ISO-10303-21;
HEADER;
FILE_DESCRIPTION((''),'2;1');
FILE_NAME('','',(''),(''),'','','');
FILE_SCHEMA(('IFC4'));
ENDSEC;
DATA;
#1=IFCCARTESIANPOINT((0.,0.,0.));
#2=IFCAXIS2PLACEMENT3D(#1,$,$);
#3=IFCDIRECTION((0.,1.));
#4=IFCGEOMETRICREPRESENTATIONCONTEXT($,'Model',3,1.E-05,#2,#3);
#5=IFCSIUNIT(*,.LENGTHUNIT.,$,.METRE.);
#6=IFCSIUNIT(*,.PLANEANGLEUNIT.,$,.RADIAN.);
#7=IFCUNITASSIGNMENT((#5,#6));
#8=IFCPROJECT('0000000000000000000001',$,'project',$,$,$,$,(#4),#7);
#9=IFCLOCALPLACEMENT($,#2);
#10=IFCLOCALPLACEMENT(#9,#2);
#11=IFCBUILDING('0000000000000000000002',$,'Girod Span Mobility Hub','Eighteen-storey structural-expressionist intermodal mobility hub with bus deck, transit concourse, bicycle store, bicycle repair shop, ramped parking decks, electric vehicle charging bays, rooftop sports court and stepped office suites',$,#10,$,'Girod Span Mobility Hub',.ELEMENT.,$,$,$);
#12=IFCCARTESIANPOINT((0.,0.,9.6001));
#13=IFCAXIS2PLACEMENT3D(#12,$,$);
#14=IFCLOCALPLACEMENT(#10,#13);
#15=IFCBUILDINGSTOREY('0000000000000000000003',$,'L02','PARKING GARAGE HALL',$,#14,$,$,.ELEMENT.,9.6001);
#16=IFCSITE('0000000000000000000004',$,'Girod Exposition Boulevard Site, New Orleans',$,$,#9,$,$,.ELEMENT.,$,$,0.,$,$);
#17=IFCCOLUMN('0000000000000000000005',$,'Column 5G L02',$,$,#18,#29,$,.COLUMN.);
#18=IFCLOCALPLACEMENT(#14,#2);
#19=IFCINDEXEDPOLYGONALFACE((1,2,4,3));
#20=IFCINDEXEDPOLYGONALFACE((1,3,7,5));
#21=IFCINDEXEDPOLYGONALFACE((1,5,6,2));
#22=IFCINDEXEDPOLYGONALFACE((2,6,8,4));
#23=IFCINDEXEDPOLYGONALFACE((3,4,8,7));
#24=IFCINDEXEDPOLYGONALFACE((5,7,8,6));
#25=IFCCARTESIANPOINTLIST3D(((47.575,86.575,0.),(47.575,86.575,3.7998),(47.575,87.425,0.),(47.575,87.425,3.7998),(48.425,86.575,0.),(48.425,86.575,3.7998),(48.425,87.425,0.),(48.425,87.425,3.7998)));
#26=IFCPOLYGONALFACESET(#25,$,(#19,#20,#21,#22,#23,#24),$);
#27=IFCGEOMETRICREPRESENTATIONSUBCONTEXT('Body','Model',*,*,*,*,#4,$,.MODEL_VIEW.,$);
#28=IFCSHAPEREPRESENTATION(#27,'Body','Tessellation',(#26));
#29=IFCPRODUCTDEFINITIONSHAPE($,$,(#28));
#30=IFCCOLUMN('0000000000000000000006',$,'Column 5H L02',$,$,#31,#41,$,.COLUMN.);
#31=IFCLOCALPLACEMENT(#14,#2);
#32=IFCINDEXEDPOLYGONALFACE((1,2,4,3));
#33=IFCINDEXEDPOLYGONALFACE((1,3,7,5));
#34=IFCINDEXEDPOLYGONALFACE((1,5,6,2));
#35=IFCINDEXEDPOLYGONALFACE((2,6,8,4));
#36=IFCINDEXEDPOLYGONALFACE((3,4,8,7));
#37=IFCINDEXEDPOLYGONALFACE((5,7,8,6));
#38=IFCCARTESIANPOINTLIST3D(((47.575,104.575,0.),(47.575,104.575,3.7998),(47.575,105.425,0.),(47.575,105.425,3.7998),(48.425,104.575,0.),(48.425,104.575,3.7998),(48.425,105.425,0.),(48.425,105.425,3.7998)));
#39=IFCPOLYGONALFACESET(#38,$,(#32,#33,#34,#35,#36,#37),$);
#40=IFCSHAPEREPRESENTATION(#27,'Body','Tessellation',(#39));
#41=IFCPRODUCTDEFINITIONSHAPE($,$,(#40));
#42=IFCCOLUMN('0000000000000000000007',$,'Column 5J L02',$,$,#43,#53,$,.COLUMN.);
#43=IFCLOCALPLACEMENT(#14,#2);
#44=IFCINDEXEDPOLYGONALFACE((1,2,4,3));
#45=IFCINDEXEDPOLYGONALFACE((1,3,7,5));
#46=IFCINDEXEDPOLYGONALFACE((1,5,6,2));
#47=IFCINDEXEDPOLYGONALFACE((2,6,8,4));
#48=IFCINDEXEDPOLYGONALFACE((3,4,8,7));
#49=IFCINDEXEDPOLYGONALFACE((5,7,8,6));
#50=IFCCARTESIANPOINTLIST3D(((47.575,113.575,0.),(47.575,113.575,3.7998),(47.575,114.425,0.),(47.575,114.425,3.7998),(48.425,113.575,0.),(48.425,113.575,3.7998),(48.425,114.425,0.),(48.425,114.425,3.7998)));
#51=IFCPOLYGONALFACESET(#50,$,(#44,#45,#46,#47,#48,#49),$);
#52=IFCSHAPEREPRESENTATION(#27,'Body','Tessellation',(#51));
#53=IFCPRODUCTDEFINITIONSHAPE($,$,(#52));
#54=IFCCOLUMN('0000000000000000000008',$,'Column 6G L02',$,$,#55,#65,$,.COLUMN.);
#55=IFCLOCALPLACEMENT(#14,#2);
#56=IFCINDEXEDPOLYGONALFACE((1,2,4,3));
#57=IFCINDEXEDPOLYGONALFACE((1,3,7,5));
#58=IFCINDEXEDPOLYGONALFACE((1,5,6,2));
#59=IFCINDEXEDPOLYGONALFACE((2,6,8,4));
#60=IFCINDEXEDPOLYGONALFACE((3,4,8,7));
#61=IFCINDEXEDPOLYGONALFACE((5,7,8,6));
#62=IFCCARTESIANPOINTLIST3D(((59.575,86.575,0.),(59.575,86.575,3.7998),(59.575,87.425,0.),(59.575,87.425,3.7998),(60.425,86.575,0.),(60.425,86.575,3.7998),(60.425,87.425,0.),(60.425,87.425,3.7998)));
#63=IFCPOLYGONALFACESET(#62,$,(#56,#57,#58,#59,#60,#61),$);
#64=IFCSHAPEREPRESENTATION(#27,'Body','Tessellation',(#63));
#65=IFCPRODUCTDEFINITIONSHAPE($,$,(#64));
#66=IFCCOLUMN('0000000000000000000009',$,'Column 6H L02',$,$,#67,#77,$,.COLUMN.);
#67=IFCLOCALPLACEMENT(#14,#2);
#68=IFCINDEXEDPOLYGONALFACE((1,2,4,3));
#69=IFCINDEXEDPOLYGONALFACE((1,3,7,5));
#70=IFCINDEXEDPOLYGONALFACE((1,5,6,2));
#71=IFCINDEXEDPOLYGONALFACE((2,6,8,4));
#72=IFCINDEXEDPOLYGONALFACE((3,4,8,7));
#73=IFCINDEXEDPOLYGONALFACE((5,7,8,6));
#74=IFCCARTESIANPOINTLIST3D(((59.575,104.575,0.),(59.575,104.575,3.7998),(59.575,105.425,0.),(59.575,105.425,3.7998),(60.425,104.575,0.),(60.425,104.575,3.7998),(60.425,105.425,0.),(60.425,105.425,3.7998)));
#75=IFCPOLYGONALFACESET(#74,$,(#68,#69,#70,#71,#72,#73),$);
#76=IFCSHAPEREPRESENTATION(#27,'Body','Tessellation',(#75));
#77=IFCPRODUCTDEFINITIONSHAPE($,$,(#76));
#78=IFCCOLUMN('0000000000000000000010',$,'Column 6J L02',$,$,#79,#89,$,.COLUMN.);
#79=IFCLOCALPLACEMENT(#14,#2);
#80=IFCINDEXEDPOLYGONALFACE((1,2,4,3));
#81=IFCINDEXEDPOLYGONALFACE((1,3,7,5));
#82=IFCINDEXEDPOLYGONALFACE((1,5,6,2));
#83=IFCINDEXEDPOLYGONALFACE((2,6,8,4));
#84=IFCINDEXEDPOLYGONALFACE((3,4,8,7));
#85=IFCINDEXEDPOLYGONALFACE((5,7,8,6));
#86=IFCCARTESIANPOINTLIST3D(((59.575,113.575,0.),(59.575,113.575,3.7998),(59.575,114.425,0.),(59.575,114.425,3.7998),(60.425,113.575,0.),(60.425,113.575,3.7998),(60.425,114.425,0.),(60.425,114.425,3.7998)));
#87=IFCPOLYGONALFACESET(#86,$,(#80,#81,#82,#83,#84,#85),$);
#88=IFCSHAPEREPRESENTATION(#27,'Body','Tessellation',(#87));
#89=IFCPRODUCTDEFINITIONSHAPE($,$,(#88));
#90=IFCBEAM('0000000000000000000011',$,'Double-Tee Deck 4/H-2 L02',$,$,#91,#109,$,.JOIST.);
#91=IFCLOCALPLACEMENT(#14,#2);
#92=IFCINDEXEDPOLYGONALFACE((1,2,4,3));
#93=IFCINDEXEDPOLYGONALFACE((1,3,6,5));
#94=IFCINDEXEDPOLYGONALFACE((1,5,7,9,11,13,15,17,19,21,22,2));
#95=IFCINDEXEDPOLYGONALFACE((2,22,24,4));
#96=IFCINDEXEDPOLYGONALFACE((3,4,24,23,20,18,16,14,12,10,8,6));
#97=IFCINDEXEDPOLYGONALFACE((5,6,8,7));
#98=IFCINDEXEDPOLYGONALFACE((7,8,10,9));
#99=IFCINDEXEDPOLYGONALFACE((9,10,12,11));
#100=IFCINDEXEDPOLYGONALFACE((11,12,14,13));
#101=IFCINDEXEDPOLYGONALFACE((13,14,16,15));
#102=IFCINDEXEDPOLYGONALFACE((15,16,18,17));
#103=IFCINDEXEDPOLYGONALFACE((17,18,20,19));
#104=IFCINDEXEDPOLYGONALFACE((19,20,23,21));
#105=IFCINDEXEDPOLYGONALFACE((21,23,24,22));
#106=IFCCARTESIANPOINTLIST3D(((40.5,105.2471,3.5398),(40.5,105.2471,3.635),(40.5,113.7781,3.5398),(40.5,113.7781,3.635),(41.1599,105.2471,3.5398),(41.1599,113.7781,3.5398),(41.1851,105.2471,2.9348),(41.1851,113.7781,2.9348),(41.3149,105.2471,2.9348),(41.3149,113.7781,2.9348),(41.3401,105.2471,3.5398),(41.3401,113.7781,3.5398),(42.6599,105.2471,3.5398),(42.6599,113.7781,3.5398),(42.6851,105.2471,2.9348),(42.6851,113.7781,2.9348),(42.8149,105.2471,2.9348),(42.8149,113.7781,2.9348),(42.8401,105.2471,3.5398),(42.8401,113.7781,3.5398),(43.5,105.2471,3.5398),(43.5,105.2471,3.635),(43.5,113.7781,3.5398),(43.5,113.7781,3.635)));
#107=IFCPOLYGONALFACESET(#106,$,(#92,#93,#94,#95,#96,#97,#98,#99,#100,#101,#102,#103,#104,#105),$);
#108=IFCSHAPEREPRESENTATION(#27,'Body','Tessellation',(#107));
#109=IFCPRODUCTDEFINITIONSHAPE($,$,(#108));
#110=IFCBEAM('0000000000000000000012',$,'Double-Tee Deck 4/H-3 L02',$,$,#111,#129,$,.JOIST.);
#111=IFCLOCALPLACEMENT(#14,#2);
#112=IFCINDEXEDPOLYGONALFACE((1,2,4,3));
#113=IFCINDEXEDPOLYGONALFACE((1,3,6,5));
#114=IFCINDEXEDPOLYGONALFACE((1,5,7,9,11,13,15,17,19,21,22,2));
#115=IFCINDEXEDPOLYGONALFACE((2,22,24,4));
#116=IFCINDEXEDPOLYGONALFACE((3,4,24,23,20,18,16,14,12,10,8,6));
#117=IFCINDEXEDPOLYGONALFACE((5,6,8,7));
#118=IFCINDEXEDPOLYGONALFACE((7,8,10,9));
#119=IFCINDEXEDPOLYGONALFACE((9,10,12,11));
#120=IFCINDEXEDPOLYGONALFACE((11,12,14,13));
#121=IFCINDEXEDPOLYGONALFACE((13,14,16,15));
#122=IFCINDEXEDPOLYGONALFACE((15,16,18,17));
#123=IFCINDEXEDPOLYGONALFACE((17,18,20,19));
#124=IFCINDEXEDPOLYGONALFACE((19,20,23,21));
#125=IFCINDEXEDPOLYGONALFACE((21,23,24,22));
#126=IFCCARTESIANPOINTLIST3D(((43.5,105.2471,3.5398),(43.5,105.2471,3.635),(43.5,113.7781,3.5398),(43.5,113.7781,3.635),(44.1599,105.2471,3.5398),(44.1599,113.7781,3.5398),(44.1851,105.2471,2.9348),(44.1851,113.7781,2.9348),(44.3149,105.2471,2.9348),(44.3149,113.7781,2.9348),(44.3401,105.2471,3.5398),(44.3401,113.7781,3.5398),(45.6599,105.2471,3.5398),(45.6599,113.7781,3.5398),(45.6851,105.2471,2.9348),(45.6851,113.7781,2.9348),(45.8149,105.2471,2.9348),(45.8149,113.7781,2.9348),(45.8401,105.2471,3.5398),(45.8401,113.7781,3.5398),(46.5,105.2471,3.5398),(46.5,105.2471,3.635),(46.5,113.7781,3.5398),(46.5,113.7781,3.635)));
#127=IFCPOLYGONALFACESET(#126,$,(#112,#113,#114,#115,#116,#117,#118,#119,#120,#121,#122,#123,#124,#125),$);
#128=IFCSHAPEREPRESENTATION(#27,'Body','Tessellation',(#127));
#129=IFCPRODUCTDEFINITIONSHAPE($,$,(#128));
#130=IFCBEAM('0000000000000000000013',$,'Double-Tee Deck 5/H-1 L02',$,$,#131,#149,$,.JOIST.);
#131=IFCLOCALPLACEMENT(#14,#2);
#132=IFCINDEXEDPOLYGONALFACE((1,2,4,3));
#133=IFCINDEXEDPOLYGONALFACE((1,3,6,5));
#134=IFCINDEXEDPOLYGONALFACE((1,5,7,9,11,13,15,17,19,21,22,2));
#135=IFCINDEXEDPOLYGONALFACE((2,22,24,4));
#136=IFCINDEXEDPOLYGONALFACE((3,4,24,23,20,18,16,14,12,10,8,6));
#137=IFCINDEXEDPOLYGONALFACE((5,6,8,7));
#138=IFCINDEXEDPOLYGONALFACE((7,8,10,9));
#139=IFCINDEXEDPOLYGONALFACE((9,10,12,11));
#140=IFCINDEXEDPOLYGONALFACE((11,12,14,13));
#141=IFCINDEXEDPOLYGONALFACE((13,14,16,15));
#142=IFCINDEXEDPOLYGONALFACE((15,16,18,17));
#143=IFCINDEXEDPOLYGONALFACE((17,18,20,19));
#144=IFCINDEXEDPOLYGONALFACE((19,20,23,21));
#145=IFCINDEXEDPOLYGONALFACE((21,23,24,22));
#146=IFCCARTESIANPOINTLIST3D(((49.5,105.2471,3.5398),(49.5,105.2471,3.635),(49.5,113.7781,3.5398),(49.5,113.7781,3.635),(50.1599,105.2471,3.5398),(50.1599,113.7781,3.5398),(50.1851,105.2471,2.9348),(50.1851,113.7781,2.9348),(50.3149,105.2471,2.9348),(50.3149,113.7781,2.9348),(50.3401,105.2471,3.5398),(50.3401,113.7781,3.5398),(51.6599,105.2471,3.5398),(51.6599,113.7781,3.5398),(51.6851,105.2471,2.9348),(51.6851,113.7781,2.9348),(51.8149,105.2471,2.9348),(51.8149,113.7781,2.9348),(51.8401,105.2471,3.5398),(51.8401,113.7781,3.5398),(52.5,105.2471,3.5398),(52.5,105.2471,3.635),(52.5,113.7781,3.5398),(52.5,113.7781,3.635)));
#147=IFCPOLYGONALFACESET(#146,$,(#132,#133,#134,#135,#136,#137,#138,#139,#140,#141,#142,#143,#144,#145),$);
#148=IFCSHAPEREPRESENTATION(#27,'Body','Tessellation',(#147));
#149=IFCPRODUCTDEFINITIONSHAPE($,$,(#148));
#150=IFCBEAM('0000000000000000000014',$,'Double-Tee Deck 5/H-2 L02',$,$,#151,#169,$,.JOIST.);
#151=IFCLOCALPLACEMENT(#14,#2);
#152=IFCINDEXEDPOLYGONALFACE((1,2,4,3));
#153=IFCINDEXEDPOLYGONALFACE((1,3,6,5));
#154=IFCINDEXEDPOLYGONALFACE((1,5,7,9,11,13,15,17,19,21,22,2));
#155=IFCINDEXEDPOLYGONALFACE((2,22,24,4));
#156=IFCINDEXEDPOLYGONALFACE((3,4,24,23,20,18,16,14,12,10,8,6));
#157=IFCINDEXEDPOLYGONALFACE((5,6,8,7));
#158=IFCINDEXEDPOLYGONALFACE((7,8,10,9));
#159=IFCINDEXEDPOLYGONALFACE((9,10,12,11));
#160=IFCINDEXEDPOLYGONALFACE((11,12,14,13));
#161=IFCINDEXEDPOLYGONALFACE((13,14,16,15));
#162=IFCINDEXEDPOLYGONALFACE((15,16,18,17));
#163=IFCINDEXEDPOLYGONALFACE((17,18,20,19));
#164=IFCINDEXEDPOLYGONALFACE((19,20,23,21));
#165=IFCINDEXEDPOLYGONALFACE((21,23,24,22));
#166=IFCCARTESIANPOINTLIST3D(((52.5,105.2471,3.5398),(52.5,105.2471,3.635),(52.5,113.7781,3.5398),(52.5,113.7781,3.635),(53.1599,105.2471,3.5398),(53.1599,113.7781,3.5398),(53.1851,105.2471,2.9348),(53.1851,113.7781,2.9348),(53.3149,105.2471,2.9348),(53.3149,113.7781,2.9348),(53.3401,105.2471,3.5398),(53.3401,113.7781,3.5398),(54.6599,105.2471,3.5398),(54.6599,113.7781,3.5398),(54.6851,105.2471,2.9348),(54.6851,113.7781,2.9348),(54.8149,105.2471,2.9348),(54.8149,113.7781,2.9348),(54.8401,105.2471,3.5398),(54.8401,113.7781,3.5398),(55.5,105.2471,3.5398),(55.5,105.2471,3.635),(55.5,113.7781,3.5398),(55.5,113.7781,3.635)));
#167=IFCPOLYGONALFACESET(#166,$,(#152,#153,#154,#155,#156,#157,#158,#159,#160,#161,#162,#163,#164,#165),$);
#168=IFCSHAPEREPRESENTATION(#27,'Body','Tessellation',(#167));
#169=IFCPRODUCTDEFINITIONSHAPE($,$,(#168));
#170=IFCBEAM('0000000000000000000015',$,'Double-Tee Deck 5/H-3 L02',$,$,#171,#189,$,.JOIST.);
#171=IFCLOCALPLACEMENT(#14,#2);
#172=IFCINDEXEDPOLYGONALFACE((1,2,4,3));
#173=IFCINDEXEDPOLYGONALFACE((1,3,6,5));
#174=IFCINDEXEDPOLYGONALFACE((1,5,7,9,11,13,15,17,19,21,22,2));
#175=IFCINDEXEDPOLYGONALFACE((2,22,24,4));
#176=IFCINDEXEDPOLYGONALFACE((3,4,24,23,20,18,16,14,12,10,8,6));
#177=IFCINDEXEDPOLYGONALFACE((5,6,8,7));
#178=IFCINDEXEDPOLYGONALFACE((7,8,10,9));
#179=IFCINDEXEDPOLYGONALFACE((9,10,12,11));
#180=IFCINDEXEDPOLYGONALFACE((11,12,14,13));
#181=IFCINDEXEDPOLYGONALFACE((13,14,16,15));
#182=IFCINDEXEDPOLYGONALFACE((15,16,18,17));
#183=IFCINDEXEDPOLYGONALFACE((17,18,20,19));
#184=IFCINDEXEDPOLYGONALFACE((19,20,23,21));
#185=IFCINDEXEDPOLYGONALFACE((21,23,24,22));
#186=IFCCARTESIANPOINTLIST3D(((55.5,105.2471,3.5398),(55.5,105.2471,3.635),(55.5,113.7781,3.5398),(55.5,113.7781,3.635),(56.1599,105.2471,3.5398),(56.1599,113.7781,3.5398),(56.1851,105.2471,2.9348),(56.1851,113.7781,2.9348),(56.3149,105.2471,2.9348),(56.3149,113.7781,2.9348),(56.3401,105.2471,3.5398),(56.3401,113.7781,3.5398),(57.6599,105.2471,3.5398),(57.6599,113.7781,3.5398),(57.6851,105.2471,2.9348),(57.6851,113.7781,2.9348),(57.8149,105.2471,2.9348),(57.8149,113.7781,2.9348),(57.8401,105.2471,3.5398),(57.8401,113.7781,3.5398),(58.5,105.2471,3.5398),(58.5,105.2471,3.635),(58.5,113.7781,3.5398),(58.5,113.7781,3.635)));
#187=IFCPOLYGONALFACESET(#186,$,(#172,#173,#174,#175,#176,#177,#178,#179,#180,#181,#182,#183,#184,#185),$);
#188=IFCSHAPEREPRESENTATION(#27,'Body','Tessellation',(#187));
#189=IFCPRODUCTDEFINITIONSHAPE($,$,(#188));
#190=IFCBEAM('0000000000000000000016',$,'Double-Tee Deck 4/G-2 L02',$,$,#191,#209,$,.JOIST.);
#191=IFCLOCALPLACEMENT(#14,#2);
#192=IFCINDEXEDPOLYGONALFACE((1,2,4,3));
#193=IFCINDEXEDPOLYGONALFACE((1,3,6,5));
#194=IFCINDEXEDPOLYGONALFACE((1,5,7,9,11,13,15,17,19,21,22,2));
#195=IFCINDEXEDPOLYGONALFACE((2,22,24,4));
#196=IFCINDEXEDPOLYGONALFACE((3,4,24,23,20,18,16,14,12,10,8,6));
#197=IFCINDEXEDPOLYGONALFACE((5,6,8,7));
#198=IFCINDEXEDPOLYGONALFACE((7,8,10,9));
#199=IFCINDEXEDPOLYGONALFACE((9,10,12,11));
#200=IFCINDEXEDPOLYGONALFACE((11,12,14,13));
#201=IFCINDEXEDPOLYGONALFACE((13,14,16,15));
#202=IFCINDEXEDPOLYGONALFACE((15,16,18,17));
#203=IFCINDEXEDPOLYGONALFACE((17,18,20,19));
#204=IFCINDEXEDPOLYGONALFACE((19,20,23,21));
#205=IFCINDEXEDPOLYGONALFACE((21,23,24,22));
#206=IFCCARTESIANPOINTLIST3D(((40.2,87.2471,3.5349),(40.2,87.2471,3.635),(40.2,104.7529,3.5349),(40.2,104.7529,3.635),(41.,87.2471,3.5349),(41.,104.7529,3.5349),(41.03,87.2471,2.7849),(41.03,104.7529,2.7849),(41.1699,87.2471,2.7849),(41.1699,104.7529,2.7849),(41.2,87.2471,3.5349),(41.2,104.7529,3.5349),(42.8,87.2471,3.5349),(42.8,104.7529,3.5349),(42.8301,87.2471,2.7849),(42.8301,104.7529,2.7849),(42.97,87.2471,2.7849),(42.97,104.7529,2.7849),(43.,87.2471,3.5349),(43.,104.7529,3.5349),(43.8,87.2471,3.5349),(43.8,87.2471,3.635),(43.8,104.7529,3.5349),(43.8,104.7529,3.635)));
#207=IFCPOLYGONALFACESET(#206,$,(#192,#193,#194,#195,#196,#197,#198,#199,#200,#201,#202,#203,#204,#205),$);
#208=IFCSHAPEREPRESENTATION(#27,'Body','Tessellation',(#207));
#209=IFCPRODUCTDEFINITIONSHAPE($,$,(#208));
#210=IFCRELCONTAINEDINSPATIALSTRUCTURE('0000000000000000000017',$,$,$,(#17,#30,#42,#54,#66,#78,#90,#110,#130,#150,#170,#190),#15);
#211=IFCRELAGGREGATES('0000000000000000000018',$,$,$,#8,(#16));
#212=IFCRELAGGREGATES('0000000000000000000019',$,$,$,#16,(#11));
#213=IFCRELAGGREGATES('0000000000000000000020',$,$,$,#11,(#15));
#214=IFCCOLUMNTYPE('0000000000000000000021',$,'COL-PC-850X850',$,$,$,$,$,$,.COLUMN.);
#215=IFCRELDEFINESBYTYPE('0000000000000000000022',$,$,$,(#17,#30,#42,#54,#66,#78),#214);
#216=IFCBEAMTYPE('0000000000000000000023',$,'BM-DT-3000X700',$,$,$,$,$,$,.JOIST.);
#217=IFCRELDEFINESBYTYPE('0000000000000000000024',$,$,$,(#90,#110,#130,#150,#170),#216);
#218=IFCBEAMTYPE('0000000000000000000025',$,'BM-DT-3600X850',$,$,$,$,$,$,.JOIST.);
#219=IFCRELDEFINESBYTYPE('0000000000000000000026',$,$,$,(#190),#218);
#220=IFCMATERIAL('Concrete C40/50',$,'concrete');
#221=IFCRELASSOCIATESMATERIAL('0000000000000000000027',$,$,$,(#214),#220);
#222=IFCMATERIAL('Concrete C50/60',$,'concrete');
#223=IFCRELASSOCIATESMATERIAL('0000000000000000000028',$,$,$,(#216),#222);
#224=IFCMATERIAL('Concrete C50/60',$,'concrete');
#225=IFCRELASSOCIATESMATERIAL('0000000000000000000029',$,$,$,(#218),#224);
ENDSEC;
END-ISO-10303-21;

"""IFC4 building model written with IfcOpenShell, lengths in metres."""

from ifc_helpers import new_model, si_unit, direction, frame, origin, origin_2d, place, context, subcontext, project, spatial, polyline, rectangle, outline, extrude, material, material_profile, profile_set, type_object, element, save


model = new_model("IFC4")

# Units and contexts
model_context = context("Model", 3, precision=1e-05, world=origin(), true_north=direction((0.0, 1.0)))
body_context = subcontext(model_context, "Body", "Model", "MODEL_VIEW")
ifc_project = project(units=[si_unit("LENGTHUNIT", "METRE"), si_unit("PLANEANGLEUNIT", "RADIAN")], contexts=[model_context])

# Site, building, storey
site_placement = place(None, origin())
site = spatial("IfcSite", under=ifc_project, at=site_placement, Name="Girod Exposition Boulevard Site, New Orleans", CompositionType="ELEMENT", RefElevation=0.0)
building_placement = place(site_placement, origin())
building = spatial("IfcBuilding", under=site, at=building_placement, Name="Girod Span Mobility Hub", Description="Eighteen-storey structural-expressionist intermodal mobility hub with bus deck, transit concourse, bicycle store, bicycle repair shop, ramped parking decks, electric vehicle charging bays, rooftop sports court and stepped office suites", LongName="Girod Span Mobility Hub", CompositionType="ELEMENT")
storey_placement = place(building_placement, frame((0.0, 0.0, 9.6001)))
storey = spatial("IfcBuildingStorey", under=building, at=storey_placement, Name="L02", Description="PARKING GARAGE HALL", CompositionType="ELEMENT", Elevation=9.6001)

# Columns
ifc_material_1 = material(Name="Concrete C40/50", Category="concrete")
ifc_material_profile_1 = material_profile(ifc_material_1, rectangle(XDim=0.8501, YDim=0.8501, at=origin_2d()), Name="PC-COL-850X850")
ifc_profile_set_1 = profile_set([ifc_material_profile_1], Name="Concrete C40/50")
column_type = type_object("IfcColumnType", Name="COL-PC-850X850", PredefinedType="COLUMN", material=ifc_profile_set_1)
for number, where, z_axis, x_axis, name in (
    (1, (48.0, 87.0, 0.0), (0.0, 0.0, 1.0), (1.0, 0.0, 0.0), "Column 5G L02"),
    (2, (48.0, 105.0, 0.0), (0.0, 0.0, 1.0), (1.0, 0.0, 0.0), "Column 5H L02"),
    (3, (48.0, 114.0, 0.0), (0.0, 0.0, 1.0), (1.0, 0.0, 0.0), "Column 5J L02"),
    (4, (60.0, 87.0, 0.0), (0.0, 0.0, 1.0), (1.0, 0.0, 0.0), "Column 6G L02"),
    (5, (60.0, 105.0, 0.0), (0.0, 0.0, 1.0), (1.0, 0.0, 0.0), "Column 6H L02"),
    (6, (60.0, 114.0, 0.0), (0.0, 0.0, 1.0), (1.0, 0.0, 0.0), "Column 6J L02"),
):
    element("IfcColumn", number, at=place(storey_placement, frame(where, z_axis=z_axis, x_axis=x_axis)), inside=storey, type_object=column_type, Name=name, PredefinedType="COLUMN", context=body_context, shape_type="SweptSolid", body=[
        extrude(rectangle(XDim=0.8501, YDim=0.8501, at=origin_2d()), origin(), (0.0, 0.0, 1.0), 3.7998),
    ])

# Beams
ifc_material_2 = material(Name="Concrete C50/60", Category="concrete")
ifc_material_profile_2 = material_profile(ifc_material_2, outline(polyline([(-1.5, 0.3501), (-1.5, 0.2549), (-0.8401, 0.2549), (-0.8149, -0.3501), (-0.6851, -0.3501), (-0.6599, 0.2549), (0.6599, 0.2549), (0.6851, -0.3501), (0.8149, -0.3501), (0.8401, 0.2549), (1.5, 0.2549), (1.5, 0.3501), (-1.5, 0.3501)])), Name="DT-3000X700")
ifc_profile_set_2 = profile_set([ifc_material_profile_2], Name="Concrete C50/60")
beam_type_1 = type_object("IfcBeamType", Name="BM-DT-3000X700", PredefinedType="JOIST", material=ifc_profile_set_2)
for number, where, z_axis, x_axis, name in (
    (7, (42.0, 105.2471, 3.2849), (0.0, 1.0, 0.0), (-1.0, 0.0, 0.0), "Double-Tee Deck 4/H-2 L02"),
    (8, (45.0, 105.2471, 3.2849), (0.0, 1.0, 0.0), (-1.0, 0.0, 0.0), "Double-Tee Deck 4/H-3 L02"),
    (9, (51.0, 105.2471, 3.2849), (0.0, 1.0, 0.0), (-1.0, 0.0, 0.0), "Double-Tee Deck 5/H-1 L02"),
    (10, (54.0, 105.2471, 3.2849), (0.0, 1.0, 0.0), (-1.0, 0.0, 0.0), "Double-Tee Deck 5/H-2 L02"),
    (11, (57.0, 105.2471, 3.2849), (0.0, 1.0, 0.0), (-1.0, 0.0, 0.0), "Double-Tee Deck 5/H-3 L02"),
):
    element("IfcBeam", number, at=place(storey_placement, frame(where, z_axis=z_axis, x_axis=x_axis)), inside=storey, type_object=beam_type_1, Name=name, PredefinedType="JOIST", context=body_context, shape_type="SweptSolid", body=[
        extrude(outline(polyline([(-1.5, 0.3501), (-1.5, 0.2549), (-0.8401, 0.2549), (-0.8149, -0.3501), (-0.6851, -0.3501), (-0.6599, 0.2549), (0.6599, 0.2549), (0.6851, -0.3501), (0.8149, -0.3501), (0.8401, 0.2549), (1.5, 0.2549), (1.5, 0.3501), (-1.5, 0.3501)])), origin(), (0.0, 0.0, 1.0), 8.531),
    ])
ifc_material_3 = material(Name="Concrete C50/60", Category="concrete")
ifc_material_profile_3 = material_profile(ifc_material_3, outline(polyline([(-1.8, 0.425), (-1.8, 0.325), (-1.0, 0.325), (-0.97, -0.425), (-0.8301, -0.425), (-0.8, 0.325), (0.8, 0.325), (0.8301, -0.425), (0.97, -0.425), (1.0, 0.325), (1.8, 0.325), (1.8, 0.425), (-1.8, 0.425)])), Name="DT-3600X850")
ifc_profile_set_3 = profile_set([ifc_material_profile_3], Name="Concrete C50/60")
beam_type_2 = type_object("IfcBeamType", Name="BM-DT-3600X850", PredefinedType="JOIST", material=ifc_profile_set_3)
for number, where, z_axis, x_axis, name in (
    (12, (42.0, 87.2471, 3.21), (0.0, 1.0, 0.0), (-1.0, 0.0, 0.0), "Double-Tee Deck 4/G-2 L02"),
):
    element("IfcBeam", number, at=place(storey_placement, frame(where, z_axis=z_axis, x_axis=x_axis)), inside=storey, type_object=beam_type_2, Name=name, PredefinedType="JOIST", context=body_context, shape_type="SweptSolid", body=[
        extrude(outline(polyline([(-1.8, 0.425), (-1.8, 0.325), (-1.0, 0.325), (-0.97, -0.425), (-0.8301, -0.425), (-0.8, 0.325), (0.8, 0.325), (0.8301, -0.425), (0.97, -0.425), (1.0, 0.325), (1.8, 0.325), (1.8, 0.425), (-1.8, 0.425)])), origin(), (0.0, 0.0, 1.0), 17.5059),
    ])

save(model, "model.ifc")
